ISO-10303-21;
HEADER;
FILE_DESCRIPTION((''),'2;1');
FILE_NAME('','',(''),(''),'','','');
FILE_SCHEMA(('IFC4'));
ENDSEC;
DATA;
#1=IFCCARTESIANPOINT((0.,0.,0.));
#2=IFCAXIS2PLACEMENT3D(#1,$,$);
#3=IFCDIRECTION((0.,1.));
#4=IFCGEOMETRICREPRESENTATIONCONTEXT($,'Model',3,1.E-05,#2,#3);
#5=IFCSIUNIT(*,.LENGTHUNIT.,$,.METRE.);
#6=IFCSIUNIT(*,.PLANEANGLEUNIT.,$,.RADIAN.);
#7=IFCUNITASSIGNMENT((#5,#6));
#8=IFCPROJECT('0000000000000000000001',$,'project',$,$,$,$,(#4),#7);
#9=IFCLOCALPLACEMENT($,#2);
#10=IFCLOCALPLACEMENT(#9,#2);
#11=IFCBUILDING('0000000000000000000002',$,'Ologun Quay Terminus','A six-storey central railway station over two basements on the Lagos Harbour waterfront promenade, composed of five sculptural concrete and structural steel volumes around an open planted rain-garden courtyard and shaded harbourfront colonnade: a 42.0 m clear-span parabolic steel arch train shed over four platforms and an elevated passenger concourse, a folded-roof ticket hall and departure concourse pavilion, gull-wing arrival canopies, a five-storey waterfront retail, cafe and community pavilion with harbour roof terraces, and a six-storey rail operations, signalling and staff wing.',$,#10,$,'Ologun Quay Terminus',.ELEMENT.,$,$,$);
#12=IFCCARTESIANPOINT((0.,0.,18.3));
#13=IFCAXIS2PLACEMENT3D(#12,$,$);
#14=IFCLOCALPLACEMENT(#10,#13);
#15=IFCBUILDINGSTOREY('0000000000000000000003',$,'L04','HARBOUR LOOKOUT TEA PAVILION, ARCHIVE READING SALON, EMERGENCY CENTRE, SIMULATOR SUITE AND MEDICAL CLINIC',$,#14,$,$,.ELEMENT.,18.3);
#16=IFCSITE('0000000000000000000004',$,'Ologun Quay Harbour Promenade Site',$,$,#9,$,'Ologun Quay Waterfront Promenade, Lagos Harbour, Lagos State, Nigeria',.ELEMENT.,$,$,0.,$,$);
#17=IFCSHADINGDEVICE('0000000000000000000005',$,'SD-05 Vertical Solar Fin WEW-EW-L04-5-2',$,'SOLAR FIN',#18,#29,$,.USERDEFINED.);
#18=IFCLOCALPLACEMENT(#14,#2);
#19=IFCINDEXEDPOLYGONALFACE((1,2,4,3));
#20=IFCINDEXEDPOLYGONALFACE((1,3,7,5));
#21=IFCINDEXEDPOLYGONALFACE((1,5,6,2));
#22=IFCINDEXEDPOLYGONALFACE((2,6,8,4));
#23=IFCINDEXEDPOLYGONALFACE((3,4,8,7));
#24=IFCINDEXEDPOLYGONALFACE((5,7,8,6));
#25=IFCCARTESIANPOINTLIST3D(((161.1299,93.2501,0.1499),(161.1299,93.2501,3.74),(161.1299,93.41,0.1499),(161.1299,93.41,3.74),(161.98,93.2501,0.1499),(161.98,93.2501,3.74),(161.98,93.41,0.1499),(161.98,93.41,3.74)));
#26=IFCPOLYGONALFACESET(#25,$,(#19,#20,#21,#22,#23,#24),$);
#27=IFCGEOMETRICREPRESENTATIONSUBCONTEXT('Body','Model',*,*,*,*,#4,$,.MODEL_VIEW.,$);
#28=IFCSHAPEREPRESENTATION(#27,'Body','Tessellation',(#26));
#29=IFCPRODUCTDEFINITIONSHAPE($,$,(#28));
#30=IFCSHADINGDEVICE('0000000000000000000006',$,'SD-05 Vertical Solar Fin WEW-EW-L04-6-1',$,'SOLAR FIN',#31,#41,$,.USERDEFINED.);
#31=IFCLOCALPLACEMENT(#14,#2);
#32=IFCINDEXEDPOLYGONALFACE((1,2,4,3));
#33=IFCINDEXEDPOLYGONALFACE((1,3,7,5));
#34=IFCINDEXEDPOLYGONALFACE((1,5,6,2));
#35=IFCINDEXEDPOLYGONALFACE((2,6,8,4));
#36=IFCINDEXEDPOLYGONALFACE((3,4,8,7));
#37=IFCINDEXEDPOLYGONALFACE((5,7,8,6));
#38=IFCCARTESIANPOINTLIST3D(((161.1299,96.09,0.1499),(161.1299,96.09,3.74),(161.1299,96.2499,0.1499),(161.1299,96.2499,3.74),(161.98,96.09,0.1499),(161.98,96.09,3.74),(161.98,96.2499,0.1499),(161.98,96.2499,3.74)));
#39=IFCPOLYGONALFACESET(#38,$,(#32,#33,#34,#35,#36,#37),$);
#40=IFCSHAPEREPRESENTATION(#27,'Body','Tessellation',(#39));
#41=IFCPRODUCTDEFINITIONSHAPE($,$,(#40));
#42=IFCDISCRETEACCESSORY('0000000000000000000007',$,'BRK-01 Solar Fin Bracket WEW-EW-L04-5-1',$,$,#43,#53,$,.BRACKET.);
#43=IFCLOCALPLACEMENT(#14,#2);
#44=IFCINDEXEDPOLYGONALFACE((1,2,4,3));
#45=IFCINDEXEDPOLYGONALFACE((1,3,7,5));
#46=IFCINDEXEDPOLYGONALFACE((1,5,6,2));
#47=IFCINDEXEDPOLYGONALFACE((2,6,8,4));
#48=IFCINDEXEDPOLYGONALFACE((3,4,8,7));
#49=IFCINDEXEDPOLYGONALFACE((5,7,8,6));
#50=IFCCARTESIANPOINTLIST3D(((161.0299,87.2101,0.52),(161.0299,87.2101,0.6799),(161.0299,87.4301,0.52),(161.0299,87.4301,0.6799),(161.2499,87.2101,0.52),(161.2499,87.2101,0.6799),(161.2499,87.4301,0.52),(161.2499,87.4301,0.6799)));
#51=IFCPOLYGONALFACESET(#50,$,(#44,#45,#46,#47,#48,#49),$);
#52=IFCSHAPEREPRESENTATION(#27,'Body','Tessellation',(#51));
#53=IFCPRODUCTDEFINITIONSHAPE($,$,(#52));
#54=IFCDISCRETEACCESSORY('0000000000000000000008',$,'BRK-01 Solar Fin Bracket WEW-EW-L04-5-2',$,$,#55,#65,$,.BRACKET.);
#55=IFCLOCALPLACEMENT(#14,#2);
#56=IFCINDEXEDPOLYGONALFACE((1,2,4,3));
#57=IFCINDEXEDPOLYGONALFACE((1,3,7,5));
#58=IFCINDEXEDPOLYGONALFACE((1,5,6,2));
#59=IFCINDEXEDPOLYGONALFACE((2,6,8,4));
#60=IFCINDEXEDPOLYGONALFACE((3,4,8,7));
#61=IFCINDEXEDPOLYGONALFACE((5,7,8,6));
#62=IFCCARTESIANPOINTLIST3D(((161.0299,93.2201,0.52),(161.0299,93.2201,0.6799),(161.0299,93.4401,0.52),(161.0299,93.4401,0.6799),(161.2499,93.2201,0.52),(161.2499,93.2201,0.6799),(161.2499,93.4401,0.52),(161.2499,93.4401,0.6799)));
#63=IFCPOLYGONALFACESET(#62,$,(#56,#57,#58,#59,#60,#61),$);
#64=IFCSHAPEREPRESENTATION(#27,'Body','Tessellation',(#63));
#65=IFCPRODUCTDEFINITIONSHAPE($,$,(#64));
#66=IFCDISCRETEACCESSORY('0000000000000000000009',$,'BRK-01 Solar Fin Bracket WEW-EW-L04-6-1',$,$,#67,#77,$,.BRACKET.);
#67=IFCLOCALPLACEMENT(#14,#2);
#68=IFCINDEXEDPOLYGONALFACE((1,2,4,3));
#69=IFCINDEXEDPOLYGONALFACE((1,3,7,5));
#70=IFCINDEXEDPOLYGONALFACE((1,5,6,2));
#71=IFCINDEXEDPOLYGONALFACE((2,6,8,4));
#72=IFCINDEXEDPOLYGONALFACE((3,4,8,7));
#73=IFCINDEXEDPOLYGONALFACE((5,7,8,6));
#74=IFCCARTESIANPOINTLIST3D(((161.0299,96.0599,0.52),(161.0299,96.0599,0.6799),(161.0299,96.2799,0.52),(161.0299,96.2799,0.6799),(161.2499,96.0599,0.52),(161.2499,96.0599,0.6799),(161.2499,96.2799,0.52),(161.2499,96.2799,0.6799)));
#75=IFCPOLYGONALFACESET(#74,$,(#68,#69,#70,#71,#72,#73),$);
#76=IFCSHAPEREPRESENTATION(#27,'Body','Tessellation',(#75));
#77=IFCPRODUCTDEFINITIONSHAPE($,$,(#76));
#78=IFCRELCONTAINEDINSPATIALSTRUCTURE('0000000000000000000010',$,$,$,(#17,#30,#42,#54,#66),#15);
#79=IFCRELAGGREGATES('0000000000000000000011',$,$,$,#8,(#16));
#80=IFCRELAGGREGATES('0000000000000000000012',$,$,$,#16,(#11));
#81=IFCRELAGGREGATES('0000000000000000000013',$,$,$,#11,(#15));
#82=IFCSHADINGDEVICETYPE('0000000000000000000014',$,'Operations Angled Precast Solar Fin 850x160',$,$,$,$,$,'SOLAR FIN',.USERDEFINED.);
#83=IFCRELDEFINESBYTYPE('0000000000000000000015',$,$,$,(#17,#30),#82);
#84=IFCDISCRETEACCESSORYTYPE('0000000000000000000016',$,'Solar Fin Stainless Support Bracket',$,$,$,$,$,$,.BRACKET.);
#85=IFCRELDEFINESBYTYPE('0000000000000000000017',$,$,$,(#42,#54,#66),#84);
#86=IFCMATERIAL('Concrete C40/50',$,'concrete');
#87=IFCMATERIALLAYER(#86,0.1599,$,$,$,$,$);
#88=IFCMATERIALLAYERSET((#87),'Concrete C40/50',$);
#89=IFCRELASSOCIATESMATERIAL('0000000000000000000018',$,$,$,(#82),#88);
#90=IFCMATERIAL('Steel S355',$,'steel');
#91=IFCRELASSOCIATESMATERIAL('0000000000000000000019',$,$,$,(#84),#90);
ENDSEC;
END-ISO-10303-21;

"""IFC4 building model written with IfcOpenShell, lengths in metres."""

from ifc_helpers import new_model, si_unit, direction, frame, origin, origin_2d, place, context, subcontext, project, spatial, rectangle, extrude, material, layer, layer_set, type_object, element, save


model = new_model("IFC4")

# Units and contexts
model_context = context("Model", 3, precision=1e-05, world=origin(), true_north=direction((0.0, 1.0)))
body_context = subcontext(model_context, "Body", "Model", "MODEL_VIEW")
ifc_project = project(units=[si_unit("LENGTHUNIT", "METRE"), si_unit("PLANEANGLEUNIT", "RADIAN")], contexts=[model_context])

# Site, building, storey
site_placement = place(None, origin())
site = spatial("IfcSite", under=ifc_project, at=site_placement, Name="Ologun Quay Harbour Promenade Site", LongName="Ologun Quay Waterfront Promenade, Lagos Harbour, Lagos State, Nigeria", CompositionType="ELEMENT", RefElevation=0.0)
building_placement = place(site_placement, origin())
building = spatial("IfcBuilding", under=site, at=building_placement, Name="Ologun Quay Terminus", Description="A six-storey central railway station over two basements on the Lagos Harbour waterfront promenade, composed of five sculptural concrete and structural steel volumes around an open planted rain-garden courtyard and shaded harbourfront colonnade: a 42.0 m clear-span parabolic steel arch train shed over four platforms and an elevated passenger concourse, a folded-roof ticket hall and departure concourse pavilion, gull-wing arrival canopies, a five-storey waterfront retail, cafe and community pavilion with harbour roof terraces, and a six-storey rail operations, signalling and staff wing.", LongName="Ologun Quay Terminus", CompositionType="ELEMENT")
storey_placement = place(building_placement, frame((0.0, 0.0, 18.3)))
storey = spatial("IfcBuildingStorey", under=building, at=storey_placement, Name="L04", Description="HARBOUR LOOKOUT TEA PAVILION, ARCHIVE READING SALON, EMERGENCY CENTRE, SIMULATOR SUITE AND MEDICAL CLINIC", CompositionType="ELEMENT", Elevation=18.3)

# Shading devices
ifc_material_1 = material(Name="Concrete C40/50", Category="concrete")
ifc_layer_1 = layer(ifc_material_1, 0.1599)
ifc_layer_set_1 = layer_set([ifc_layer_1], Name="Concrete C40/50")
shading_device_type = type_object("IfcShadingDeviceType", Name="Operations Angled Precast Solar Fin 850x160", ElementType="SOLAR FIN", PredefinedType="USERDEFINED", material=ifc_layer_set_1)
for number, where, z_axis, x_axis, name in (
    (1, (161.5549, 93.3301, 0.1499), (0.0, 0.0, 1.0), (1.0, 0.0, 0.0), "SD-05 Vertical Solar Fin WEW-EW-L04-5-2"),
    (2, (161.5549, 96.1699, 0.1499), (0.0, 0.0, 1.0), (1.0, 0.0, 0.0), "SD-05 Vertical Solar Fin WEW-EW-L04-6-1"),
):
    element("IfcShadingDevice", number, at=place(storey_placement, frame(where, z_axis=z_axis, x_axis=x_axis)), inside=storey, type_object=shading_device_type, Name=name, ObjectType="SOLAR FIN", PredefinedType="USERDEFINED", context=body_context, shape_type="SweptSolid", body=[
        extrude(rectangle(XDim=0.8501, YDim=0.1599, at=origin_2d()), origin(), (0.0, 0.0, 1.0), 3.5901),
    ])

# Discrete accessories
ifc_material_2 = material(Name="Steel S355", Category="steel")
discrete_accessory_type = type_object("IfcDiscreteAccessoryType", Name="Solar Fin Stainless Support Bracket", PredefinedType="BRACKET", material=ifc_material_2)
for number, where, z_axis, x_axis, name in (
    (3, (161.1399, 87.3201, 0.52), (0.0, 0.0, 1.0), (1.0, 0.0, 0.0), "BRK-01 Solar Fin Bracket WEW-EW-L04-5-1"),
    (4, (161.1399, 93.3301, 0.52), (0.0, 0.0, 1.0), (1.0, 0.0, 0.0), "BRK-01 Solar Fin Bracket WEW-EW-L04-5-2"),
    (5, (161.1399, 96.1699, 0.52), (0.0, 0.0, 1.0), (1.0, 0.0, 0.0), "BRK-01 Solar Fin Bracket WEW-EW-L04-6-1"),
):
    element("IfcDiscreteAccessory", number, at=place(storey_placement, frame(where, z_axis=z_axis, x_axis=x_axis)), inside=storey, type_object=discrete_accessory_type, Name=name, PredefinedType="BRACKET", context=body_context, shape_type="SweptSolid", body=[
        extrude(rectangle(XDim=0.22, YDim=0.22, at=origin_2d()), origin(), (0.0, 0.0, 1.0), 0.1599),
    ])

save(model, "model.ifc")
